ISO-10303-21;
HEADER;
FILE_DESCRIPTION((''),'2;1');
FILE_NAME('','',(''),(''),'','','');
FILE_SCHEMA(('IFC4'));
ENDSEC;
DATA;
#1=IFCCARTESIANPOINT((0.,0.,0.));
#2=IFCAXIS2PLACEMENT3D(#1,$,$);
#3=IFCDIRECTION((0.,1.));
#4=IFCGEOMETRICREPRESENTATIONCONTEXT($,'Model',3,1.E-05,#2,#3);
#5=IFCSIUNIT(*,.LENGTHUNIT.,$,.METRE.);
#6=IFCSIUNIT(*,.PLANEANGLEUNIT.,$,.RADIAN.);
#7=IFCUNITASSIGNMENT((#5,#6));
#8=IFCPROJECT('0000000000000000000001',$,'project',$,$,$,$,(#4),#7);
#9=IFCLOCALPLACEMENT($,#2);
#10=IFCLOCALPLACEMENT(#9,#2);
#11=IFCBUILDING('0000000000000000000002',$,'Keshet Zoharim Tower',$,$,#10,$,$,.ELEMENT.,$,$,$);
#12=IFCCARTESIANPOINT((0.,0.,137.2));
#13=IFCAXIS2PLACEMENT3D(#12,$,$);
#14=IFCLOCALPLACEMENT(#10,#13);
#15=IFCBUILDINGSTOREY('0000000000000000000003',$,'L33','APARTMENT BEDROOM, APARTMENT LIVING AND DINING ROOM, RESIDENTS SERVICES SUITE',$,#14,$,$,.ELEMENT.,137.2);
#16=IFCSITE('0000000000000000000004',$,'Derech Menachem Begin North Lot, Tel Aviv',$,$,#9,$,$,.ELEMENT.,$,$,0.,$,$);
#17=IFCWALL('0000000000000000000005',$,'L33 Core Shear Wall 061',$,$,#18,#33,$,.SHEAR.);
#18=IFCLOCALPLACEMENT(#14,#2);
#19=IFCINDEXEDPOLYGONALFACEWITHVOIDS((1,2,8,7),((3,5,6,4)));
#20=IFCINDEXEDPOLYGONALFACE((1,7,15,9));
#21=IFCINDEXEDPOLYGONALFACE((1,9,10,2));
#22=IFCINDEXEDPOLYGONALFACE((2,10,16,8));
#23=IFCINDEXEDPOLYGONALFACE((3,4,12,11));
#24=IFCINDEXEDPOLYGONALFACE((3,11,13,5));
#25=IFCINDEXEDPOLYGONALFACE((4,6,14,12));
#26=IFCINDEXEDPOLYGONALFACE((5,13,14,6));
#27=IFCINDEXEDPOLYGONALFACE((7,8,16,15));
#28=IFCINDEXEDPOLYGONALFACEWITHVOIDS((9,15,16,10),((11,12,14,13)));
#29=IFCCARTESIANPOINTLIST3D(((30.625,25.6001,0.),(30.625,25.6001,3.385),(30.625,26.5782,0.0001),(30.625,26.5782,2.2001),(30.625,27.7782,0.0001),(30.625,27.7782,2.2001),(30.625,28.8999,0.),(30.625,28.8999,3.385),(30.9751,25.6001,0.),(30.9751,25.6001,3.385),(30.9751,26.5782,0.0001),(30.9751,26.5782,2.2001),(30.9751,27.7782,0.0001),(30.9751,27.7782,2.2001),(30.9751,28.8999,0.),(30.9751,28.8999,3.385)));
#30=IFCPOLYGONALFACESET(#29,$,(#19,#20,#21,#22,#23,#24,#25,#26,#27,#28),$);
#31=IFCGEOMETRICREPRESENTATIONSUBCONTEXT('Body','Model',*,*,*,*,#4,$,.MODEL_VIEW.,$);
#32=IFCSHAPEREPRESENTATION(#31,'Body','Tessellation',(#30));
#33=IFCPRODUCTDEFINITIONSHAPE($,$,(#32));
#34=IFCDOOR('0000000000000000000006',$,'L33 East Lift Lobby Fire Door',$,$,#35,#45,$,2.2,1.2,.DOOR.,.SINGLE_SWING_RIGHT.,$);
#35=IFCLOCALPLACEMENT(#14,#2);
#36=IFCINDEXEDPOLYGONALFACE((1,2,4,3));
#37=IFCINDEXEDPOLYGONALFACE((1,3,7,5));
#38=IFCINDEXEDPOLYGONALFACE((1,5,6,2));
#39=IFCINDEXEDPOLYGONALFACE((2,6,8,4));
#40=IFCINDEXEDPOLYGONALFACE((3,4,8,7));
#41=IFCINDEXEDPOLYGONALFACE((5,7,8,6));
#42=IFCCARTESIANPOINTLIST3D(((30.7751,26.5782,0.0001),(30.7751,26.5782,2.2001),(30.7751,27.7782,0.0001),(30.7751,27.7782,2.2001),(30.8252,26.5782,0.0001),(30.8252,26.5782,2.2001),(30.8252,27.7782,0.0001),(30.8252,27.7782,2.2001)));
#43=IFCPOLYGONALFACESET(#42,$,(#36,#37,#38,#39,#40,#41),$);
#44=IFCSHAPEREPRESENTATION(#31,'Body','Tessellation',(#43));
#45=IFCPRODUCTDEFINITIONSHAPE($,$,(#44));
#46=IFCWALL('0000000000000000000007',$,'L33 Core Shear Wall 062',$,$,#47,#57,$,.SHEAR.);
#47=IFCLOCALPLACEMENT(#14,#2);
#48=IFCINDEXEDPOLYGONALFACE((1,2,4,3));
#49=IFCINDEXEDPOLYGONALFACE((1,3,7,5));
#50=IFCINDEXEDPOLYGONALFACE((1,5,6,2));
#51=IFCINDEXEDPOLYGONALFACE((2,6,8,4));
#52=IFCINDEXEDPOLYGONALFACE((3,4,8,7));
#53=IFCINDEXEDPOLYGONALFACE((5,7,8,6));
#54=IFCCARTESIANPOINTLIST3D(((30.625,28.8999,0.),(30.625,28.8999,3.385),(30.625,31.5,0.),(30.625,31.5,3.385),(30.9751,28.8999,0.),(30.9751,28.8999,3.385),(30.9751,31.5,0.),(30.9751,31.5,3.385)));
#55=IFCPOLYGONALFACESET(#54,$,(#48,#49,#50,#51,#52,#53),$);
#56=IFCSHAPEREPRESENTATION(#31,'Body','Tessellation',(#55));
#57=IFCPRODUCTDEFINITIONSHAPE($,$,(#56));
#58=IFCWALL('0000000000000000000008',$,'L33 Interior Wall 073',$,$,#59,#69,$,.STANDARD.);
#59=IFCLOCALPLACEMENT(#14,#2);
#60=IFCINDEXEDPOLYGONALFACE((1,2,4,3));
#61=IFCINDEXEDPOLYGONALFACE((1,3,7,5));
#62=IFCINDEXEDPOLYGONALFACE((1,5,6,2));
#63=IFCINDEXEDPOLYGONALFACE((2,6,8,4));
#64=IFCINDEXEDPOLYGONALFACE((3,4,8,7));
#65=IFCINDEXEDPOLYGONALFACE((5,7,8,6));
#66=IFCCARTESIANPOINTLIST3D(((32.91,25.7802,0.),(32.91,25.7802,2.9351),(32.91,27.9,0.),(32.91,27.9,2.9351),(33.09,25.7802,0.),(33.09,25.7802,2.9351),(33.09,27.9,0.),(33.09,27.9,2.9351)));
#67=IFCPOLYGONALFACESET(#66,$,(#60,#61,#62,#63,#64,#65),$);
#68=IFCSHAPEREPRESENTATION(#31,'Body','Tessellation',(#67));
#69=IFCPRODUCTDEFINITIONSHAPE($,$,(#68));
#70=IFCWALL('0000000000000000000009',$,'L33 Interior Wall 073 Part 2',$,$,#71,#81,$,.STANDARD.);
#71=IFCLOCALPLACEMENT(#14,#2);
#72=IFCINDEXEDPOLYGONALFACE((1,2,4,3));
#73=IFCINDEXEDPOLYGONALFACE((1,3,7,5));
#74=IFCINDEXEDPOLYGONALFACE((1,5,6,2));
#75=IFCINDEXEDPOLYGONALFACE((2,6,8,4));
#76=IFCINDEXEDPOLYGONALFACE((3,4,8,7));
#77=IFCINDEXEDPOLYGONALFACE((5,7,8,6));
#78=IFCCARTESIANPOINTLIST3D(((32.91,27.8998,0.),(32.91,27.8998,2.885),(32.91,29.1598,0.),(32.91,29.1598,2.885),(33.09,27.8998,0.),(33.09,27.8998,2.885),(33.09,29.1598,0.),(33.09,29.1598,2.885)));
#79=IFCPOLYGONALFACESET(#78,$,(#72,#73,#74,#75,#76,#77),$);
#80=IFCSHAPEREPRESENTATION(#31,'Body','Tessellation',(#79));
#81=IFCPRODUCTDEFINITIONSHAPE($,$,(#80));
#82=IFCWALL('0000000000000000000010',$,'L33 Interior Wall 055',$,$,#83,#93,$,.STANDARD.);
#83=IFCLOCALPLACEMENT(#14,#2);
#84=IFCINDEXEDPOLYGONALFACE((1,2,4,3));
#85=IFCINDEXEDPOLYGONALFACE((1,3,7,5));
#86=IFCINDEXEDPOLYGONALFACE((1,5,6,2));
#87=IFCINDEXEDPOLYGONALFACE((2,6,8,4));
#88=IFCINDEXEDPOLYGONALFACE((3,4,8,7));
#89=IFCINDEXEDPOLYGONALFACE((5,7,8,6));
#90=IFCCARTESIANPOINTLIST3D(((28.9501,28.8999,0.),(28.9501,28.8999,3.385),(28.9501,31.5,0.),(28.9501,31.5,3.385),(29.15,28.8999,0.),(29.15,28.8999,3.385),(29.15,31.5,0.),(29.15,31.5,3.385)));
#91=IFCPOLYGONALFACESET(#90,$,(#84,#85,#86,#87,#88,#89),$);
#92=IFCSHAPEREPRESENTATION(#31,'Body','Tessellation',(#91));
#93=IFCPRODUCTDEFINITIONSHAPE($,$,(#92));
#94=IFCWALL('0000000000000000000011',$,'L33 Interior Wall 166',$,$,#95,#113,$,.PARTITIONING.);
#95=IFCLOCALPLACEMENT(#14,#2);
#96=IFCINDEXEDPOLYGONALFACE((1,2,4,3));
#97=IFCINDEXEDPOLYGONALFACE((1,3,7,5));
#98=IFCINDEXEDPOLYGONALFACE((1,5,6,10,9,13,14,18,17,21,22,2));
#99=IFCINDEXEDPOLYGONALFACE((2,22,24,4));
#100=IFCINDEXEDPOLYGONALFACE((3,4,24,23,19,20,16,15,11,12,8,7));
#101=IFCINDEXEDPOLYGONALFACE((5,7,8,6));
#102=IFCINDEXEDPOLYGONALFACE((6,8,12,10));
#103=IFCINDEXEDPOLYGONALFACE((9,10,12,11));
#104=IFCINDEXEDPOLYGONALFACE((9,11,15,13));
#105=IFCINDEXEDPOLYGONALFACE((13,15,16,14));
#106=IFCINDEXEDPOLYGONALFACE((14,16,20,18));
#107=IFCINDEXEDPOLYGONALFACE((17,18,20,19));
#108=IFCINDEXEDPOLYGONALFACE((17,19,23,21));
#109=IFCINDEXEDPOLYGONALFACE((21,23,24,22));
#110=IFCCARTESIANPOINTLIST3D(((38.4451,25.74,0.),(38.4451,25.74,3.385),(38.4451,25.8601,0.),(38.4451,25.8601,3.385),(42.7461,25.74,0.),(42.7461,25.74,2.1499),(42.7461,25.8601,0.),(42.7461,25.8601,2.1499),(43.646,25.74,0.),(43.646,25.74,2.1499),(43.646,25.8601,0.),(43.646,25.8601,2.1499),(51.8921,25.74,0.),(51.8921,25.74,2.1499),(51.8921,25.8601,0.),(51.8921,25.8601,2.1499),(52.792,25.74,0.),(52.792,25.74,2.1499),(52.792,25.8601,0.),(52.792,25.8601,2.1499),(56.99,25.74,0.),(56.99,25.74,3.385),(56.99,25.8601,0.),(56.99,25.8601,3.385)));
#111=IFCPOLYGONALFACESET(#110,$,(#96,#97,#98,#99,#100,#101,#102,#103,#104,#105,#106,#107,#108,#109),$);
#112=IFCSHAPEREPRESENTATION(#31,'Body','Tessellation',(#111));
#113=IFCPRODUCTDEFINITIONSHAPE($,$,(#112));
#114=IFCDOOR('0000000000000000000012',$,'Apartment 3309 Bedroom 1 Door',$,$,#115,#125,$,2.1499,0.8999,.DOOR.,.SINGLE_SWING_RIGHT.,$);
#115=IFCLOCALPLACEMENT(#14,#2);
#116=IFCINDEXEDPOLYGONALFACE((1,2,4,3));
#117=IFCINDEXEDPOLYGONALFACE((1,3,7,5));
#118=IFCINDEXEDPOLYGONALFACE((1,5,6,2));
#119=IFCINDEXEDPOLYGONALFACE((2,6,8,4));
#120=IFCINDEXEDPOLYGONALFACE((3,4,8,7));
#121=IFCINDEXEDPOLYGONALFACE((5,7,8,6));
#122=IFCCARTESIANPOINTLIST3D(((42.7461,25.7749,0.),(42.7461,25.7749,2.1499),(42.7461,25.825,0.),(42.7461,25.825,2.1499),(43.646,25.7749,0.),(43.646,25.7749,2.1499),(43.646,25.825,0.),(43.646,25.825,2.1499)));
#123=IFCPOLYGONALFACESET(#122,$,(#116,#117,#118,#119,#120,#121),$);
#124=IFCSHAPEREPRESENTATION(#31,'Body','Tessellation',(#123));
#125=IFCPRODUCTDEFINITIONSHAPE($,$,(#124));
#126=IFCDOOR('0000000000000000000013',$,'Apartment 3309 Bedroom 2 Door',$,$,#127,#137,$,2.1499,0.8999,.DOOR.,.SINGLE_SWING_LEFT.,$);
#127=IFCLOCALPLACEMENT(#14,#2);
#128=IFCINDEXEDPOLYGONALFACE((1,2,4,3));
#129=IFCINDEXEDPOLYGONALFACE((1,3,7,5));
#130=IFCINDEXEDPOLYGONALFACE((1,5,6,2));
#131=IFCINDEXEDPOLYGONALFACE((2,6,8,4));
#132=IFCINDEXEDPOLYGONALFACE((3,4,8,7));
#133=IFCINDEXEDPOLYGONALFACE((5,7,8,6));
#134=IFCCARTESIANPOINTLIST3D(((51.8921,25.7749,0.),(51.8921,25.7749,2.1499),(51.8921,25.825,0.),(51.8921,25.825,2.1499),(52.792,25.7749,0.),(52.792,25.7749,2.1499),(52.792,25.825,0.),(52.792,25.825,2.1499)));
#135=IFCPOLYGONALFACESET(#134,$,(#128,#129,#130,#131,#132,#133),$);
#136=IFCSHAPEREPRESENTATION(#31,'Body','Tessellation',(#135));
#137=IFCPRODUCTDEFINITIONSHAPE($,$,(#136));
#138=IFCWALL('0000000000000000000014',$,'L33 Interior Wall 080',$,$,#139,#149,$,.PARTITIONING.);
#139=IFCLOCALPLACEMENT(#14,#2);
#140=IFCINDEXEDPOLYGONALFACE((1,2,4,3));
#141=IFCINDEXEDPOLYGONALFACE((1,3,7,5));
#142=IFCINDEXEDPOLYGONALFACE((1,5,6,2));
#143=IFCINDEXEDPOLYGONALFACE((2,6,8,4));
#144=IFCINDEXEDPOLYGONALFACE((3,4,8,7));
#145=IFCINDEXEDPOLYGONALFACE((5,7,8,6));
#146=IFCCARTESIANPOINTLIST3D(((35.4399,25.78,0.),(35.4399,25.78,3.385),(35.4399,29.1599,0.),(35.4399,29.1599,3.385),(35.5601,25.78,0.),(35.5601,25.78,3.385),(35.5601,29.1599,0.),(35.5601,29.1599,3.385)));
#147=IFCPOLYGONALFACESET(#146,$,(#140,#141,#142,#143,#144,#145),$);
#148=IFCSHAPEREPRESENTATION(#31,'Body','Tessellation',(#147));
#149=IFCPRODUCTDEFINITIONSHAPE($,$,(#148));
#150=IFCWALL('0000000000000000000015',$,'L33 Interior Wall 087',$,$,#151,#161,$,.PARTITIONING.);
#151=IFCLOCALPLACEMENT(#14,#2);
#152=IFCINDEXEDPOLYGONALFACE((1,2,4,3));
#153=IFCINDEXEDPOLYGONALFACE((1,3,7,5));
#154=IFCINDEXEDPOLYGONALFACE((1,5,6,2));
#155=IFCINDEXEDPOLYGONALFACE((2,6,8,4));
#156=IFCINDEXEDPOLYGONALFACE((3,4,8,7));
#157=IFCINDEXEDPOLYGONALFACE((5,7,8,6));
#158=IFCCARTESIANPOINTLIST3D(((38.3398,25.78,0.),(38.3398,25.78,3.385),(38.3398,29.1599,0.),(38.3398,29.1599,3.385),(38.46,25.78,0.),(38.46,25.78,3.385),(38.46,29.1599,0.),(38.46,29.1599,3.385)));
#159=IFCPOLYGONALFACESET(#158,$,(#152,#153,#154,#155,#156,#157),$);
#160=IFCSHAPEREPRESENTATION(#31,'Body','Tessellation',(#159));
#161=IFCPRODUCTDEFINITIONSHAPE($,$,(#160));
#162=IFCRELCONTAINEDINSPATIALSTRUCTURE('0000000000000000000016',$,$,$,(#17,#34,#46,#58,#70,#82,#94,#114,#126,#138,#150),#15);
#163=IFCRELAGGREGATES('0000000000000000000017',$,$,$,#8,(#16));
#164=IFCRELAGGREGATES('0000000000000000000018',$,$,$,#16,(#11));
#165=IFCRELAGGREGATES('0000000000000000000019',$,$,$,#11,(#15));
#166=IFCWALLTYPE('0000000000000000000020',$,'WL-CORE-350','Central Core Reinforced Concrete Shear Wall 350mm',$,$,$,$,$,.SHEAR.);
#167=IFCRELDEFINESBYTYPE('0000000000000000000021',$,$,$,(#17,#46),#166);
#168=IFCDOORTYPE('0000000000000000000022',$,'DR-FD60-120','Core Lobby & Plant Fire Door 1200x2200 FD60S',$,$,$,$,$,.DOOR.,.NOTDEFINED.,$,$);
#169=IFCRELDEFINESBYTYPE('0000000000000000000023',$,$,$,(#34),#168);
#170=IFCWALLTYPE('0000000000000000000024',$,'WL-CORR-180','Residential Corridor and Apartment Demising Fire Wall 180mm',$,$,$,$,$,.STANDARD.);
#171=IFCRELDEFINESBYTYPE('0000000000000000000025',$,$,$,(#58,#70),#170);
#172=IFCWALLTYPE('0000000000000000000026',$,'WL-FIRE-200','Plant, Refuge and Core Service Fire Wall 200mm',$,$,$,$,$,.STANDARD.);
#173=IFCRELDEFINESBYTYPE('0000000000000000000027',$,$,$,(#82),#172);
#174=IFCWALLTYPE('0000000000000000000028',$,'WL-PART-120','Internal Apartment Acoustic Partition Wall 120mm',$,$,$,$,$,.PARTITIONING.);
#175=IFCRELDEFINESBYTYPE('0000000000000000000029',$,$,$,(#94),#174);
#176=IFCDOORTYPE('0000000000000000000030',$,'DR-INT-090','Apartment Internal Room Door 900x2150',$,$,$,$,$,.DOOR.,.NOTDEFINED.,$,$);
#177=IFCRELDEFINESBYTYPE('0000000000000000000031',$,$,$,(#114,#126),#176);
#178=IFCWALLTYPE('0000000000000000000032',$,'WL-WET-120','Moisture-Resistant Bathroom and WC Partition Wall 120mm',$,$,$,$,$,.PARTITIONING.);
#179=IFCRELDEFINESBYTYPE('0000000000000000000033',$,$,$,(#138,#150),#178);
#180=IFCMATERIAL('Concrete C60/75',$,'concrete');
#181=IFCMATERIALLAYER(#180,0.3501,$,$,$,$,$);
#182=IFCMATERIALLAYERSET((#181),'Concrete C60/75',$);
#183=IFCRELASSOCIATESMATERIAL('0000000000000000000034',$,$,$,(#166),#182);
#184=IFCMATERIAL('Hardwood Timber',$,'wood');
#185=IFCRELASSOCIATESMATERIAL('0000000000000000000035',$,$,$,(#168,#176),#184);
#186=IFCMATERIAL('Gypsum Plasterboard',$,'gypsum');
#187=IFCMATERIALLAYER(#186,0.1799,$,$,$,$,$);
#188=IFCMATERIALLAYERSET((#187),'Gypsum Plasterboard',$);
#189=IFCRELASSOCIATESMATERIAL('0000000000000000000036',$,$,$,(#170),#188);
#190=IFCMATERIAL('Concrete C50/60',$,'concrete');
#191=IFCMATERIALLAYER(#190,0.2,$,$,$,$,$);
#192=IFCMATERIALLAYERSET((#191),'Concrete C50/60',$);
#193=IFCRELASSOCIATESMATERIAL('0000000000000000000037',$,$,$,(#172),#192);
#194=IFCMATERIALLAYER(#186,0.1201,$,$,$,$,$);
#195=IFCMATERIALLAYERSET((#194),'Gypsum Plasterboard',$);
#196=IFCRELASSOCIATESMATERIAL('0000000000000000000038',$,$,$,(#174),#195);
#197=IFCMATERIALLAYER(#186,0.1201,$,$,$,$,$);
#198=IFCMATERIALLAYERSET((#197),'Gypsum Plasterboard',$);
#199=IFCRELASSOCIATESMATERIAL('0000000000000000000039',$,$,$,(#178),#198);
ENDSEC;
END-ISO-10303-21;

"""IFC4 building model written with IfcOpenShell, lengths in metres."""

from ifc_helpers import new_model, si_unit, direction, frame, frame_2d, origin, place, context, subcontext, project, spatial, rectangle, extrude, material, layer, layer_set, type_object, element, fill, save


model = new_model("IFC4")

# Units and contexts
model_context = context("Model", 3, precision=1e-05, world=origin(), true_north=direction((0.0, 1.0)))
body_context = subcontext(model_context, "Body", "Model", "MODEL_VIEW")
ifc_project = project(units=[si_unit("LENGTHUNIT", "METRE"), si_unit("PLANEANGLEUNIT", "RADIAN")], contexts=[model_context])

# Site, building, storey
site_placement = place(None, origin())
site = spatial("IfcSite", under=ifc_project, at=site_placement, Name="Derech Menachem Begin North Lot, Tel Aviv", CompositionType="ELEMENT", RefElevation=0.0)
building_placement = place(site_placement, origin())
building = spatial("IfcBuilding", under=site, at=building_placement, Name="Keshet Zoharim Tower", CompositionType="ELEMENT")
storey_placement = place(building_placement, frame((0.0, 0.0, 137.2)))
storey = spatial("IfcBuildingStorey", under=building, at=storey_placement, Name="L33", Description="APARTMENT BEDROOM, APARTMENT LIVING AND DINING ROOM, RESIDENTS SERVICES SUITE", CompositionType="ELEMENT", Elevation=137.2)

# Shared definitions
ifc_material_1 = material(Name="Concrete C60/75", Category="concrete")

# Wall, opening, door
ifc_layer_1 = layer(ifc_material_1, 0.3501)
ifc_layer_set_1 = layer_set([ifc_layer_1], Name="Concrete C60/75")
wall_type_1 = type_object("IfcWallType", Name="WL-CORE-350", Description="Central Core Reinforced Concrete Shear Wall 350mm", PredefinedType="SHEAR", material=ifc_layer_set_1)
wall_1_placement = place(storey_placement, frame((30.8, 25.6001, 0.0), z_axis=(0.0, 0.0, 1.0), x_axis=(0.0, 1.0, 0.0)))
wall_1 = element("IfcWall", 1, at=wall_1_placement, inside=storey, type_object=wall_type_1, Name="L33 Core Shear Wall 061", PredefinedType="SHEAR", context=body_context, shape_type="SweptSolid", body=[
    extrude(rectangle(XDim=3.2998, YDim=0.3501, at=frame_2d((1.6499, 0.0))), origin(), (0.0, 0.0, 1.0), 3.385),
])
opening_1_placement = place(wall_1_placement, frame((0.978, 0.0, 0.0)))
opening_1 = element("IfcOpeningElement", 2, at=opening_1_placement, cuts=wall_1, PredefinedType="OPENING", context=body_context, shape_type="SweptSolid", body=[
    extrude(rectangle(XDim=1.2, YDim=2.2, at=frame_2d((0.6001, 1.1001))), frame((0.0, 0.1851, 0.0), z_axis=(0.0, -1.0, 0.0), x_axis=(1.0, 0.0, 0.0)), (0.0, 0.0, 1.0), 0.3701),
])
ifc_material_2 = material(Name="Hardwood Timber", Category="wood")
door_type_1 = type_object("IfcDoorType", Name="DR-FD60-120", Description="Core Lobby & Plant Fire Door 1200x2200 FD60S", OperationType="NOTDEFINED", PredefinedType="DOOR", material=ifc_material_2)
door_1_placement = place(opening_1_placement, origin())
door_1 = element("IfcDoor", 3, at=door_1_placement, inside=storey, type_object=door_type_1, Name="L33 East Lift Lobby Fire Door", OperationType="SINGLE_SWING_RIGHT", OverallHeight=2.2, OverallWidth=1.2, PredefinedType="DOOR", context=body_context, shape_type="SweptSolid", body=[
    extrude(rectangle(XDim=1.2, YDim=2.2, at=frame_2d((0.6001, 1.1001))), frame((0.0, 0.0249, 0.0), z_axis=(0.0, -1.0, 0.0), x_axis=(1.0, 0.0, 0.0)), (0.0, 0.0, 1.0), 0.05),
])
fill(opening_1, door_1)

# Wall
wall_2_placement = place(storey_placement, frame((30.8, 28.8999, 0.0), z_axis=(0.0, 0.0, 1.0), x_axis=(0.0, 1.0, 0.0)))
element("IfcWall", 4, at=wall_2_placement, inside=storey, type_object=wall_type_1, Name="L33 Core Shear Wall 062", PredefinedType="SHEAR", context=body_context, shape_type="SweptSolid", body=[
    extrude(rectangle(XDim=2.6001, YDim=0.3501, at=frame_2d((1.3, 0.0))), origin(), (0.0, 0.0, 1.0), 3.385),
])

# Shared definitions
ifc_material_3 = material(Name="Gypsum Plasterboard", Category="gypsum")
ifc_layer_2 = layer(ifc_material_3, 0.1799)
ifc_layer_set_2 = layer_set([ifc_layer_2], Name="Gypsum Plasterboard")
wall_type_2 = type_object("IfcWallType", Name="WL-CORR-180", Description="Residential Corridor and Apartment Demising Fire Wall 180mm", PredefinedType="STANDARD", material=ifc_layer_set_2)

# Walls
wall_3_placement = place(storey_placement, frame((33.0, 25.78, 0.0), z_axis=(0.0, 0.0, 1.0), x_axis=(0.0, 1.0, 0.0)))
element("IfcWall", 5, at=wall_3_placement, inside=storey, type_object=wall_type_2, Name="L33 Interior Wall 073", PredefinedType="STANDARD", context=body_context, shape_type="SweptSolid", body=[
    extrude(rectangle(XDim=2.1199, YDim=0.1799, at=frame_2d((1.0601, 0.0))), origin(), (0.0, 0.0, 1.0), 2.9351),
])
wall_4_placement = place(storey_placement, frame((33.0, 27.8999, 0.0), z_axis=(0.0, 0.0, 1.0), x_axis=(0.0, 1.0, 0.0)))
element("IfcWall", 6, at=wall_4_placement, inside=storey, type_object=wall_type_2, Name="L33 Interior Wall 073 Part 2", PredefinedType="STANDARD", context=body_context, shape_type="SweptSolid", body=[
    extrude(rectangle(XDim=1.26, YDim=0.1799, at=frame_2d((0.6299, 0.0))), origin(), (0.0, 0.0, 1.0), 2.885),
])
ifc_material_4 = material(Name="Concrete C50/60", Category="concrete")
ifc_layer_3 = layer(ifc_material_4, 0.2)
ifc_layer_set_3 = layer_set([ifc_layer_3], Name="Concrete C50/60")
wall_type_3 = type_object("IfcWallType", Name="WL-FIRE-200", Description="Plant, Refuge and Core Service Fire Wall 200mm", PredefinedType="STANDARD", material=ifc_layer_set_3)
wall_5_placement = place(storey_placement, frame((29.05, 28.8999, 0.0), z_axis=(0.0, 0.0, 1.0), x_axis=(0.0, 1.0, 0.0)))
element("IfcWall", 7, at=wall_5_placement, inside=storey, type_object=wall_type_3, Name="L33 Interior Wall 055", PredefinedType="STANDARD", context=body_context, shape_type="SweptSolid", body=[
    extrude(rectangle(XDim=2.6001, YDim=0.2, at=frame_2d((1.3, 0.0))), origin(), (0.0, 0.0, 1.0), 3.385),
])

# Shared definitions
ifc_layer_4 = layer(ifc_material_3, 0.1201)
ifc_layer_set_4 = layer_set([ifc_layer_4], Name="Gypsum Plasterboard")
wall_type_4 = type_object("IfcWallType", Name="WL-PART-120", Description="Internal Apartment Acoustic Partition Wall 120mm", PredefinedType="PARTITIONING", material=ifc_layer_set_4)
door_type_2 = type_object("IfcDoorType", Name="DR-INT-090", Description="Apartment Internal Room Door 900x2150", OperationType="NOTDEFINED", PredefinedType="DOOR", material=ifc_material_2)

# Wall, openings, doors
wall_6_placement = place(storey_placement, frame((38.4451, 25.8, 0.0), z_axis=(0.0, 0.0, 1.0), x_axis=(1.0, 0.0, 0.0)))
wall_6 = element("IfcWall", 8, at=wall_6_placement, inside=storey, type_object=wall_type_4, Name="L33 Interior Wall 166", PredefinedType="PARTITIONING", context=body_context, shape_type="SweptSolid", body=[
    extrude(rectangle(XDim=18.5449, YDim=0.1201, at=frame_2d((9.2725, 0.0))), origin(), (0.0, 0.0, 1.0), 3.385),
])
opening_2_placement = place(wall_6_placement, frame((4.301, 0.0, 0.0)))
opening_2 = element("IfcOpeningElement", 9, at=opening_2_placement, cuts=wall_6, PredefinedType="OPENING", context=body_context, shape_type="SweptSolid", body=[
    extrude(rectangle(XDim=0.8999, YDim=2.1499, at=frame_2d((0.45, 1.075))), frame((0.0, 0.0701, 0.0), z_axis=(0.0, -1.0, 0.0), x_axis=(1.0, 0.0, 0.0)), (0.0, 0.0, 1.0), 0.1401),
])
opening_3_placement = place(wall_6_placement, frame((13.447, 0.0, 0.0)))
opening_3 = element("IfcOpeningElement", 10, at=opening_3_placement, cuts=wall_6, PredefinedType="OPENING", context=body_context, shape_type="SweptSolid", body=[
    extrude(rectangle(XDim=0.8999, YDim=2.1499, at=frame_2d((0.45, 1.075))), frame((0.0, 0.0701, 0.0), z_axis=(0.0, -1.0, 0.0), x_axis=(1.0, 0.0, 0.0)), (0.0, 0.0, 1.0), 0.1401),
])
door_2_placement = place(opening_2_placement, origin())
door_2 = element("IfcDoor", 11, at=door_2_placement, inside=storey, type_object=door_type_2, Name="Apartment 3309 Bedroom 1 Door", OperationType="SINGLE_SWING_RIGHT", OverallHeight=2.1499, OverallWidth=0.8999, PredefinedType="DOOR", context=body_context, shape_type="SweptSolid", body=[
    extrude(rectangle(XDim=0.8999, YDim=2.1499, at=frame_2d((0.45, 1.075))), frame((0.0, 0.0249, 0.0), z_axis=(0.0, -1.0, 0.0), x_axis=(1.0, 0.0, 0.0)), (0.0, 0.0, 1.0), 0.05),
])
fill(opening_2, door_2)
door_3_placement = place(opening_3_placement, origin())
door_3 = element("IfcDoor", 12, at=door_3_placement, inside=storey, type_object=door_type_2, Name="Apartment 3309 Bedroom 2 Door", OperationType="SINGLE_SWING_LEFT", OverallHeight=2.1499, OverallWidth=0.8999, PredefinedType="DOOR", context=body_context, shape_type="SweptSolid", body=[
    extrude(rectangle(XDim=0.8999, YDim=2.1499, at=frame_2d((0.45, 1.075))), frame((0.0, 0.0249, 0.0), z_axis=(0.0, -1.0, 0.0), x_axis=(1.0, 0.0, 0.0)), (0.0, 0.0, 1.0), 0.05),
])
fill(opening_3, door_3)

# Walls
ifc_layer_5 = layer(ifc_material_3, 0.1201)
ifc_layer_set_5 = layer_set([ifc_layer_5], Name="Gypsum Plasterboard")
wall_type_5 = type_object("IfcWallType", Name="WL-WET-120", Description="Moisture-Resistant Bathroom and WC Partition Wall 120mm", PredefinedType="PARTITIONING", material=ifc_layer_set_5)
for number, where, z_axis, x_axis, name in (
    (13, (35.5, 25.78, 0.0), (0.0, 0.0, 1.0), (0.0, 1.0, 0.0), "L33 Interior Wall 080"),
    (14, (38.3999, 25.78, 0.0), (0.0, 0.0, 1.0), (0.0, 1.0, 0.0), "L33 Interior Wall 087"),
):
    element("IfcWall", number, at=place(storey_placement, frame(where, z_axis=z_axis, x_axis=x_axis)), inside=storey, type_object=wall_type_5, Name=name, PredefinedType="PARTITIONING", context=body_context, shape_type="SweptSolid", body=[
        extrude(rectangle(XDim=3.3799, YDim=0.1201, at=frame_2d((1.6899, 0.0))), origin(), (0.0, 0.0, 1.0), 3.385),
    ])

save(model, "model.ifc")
